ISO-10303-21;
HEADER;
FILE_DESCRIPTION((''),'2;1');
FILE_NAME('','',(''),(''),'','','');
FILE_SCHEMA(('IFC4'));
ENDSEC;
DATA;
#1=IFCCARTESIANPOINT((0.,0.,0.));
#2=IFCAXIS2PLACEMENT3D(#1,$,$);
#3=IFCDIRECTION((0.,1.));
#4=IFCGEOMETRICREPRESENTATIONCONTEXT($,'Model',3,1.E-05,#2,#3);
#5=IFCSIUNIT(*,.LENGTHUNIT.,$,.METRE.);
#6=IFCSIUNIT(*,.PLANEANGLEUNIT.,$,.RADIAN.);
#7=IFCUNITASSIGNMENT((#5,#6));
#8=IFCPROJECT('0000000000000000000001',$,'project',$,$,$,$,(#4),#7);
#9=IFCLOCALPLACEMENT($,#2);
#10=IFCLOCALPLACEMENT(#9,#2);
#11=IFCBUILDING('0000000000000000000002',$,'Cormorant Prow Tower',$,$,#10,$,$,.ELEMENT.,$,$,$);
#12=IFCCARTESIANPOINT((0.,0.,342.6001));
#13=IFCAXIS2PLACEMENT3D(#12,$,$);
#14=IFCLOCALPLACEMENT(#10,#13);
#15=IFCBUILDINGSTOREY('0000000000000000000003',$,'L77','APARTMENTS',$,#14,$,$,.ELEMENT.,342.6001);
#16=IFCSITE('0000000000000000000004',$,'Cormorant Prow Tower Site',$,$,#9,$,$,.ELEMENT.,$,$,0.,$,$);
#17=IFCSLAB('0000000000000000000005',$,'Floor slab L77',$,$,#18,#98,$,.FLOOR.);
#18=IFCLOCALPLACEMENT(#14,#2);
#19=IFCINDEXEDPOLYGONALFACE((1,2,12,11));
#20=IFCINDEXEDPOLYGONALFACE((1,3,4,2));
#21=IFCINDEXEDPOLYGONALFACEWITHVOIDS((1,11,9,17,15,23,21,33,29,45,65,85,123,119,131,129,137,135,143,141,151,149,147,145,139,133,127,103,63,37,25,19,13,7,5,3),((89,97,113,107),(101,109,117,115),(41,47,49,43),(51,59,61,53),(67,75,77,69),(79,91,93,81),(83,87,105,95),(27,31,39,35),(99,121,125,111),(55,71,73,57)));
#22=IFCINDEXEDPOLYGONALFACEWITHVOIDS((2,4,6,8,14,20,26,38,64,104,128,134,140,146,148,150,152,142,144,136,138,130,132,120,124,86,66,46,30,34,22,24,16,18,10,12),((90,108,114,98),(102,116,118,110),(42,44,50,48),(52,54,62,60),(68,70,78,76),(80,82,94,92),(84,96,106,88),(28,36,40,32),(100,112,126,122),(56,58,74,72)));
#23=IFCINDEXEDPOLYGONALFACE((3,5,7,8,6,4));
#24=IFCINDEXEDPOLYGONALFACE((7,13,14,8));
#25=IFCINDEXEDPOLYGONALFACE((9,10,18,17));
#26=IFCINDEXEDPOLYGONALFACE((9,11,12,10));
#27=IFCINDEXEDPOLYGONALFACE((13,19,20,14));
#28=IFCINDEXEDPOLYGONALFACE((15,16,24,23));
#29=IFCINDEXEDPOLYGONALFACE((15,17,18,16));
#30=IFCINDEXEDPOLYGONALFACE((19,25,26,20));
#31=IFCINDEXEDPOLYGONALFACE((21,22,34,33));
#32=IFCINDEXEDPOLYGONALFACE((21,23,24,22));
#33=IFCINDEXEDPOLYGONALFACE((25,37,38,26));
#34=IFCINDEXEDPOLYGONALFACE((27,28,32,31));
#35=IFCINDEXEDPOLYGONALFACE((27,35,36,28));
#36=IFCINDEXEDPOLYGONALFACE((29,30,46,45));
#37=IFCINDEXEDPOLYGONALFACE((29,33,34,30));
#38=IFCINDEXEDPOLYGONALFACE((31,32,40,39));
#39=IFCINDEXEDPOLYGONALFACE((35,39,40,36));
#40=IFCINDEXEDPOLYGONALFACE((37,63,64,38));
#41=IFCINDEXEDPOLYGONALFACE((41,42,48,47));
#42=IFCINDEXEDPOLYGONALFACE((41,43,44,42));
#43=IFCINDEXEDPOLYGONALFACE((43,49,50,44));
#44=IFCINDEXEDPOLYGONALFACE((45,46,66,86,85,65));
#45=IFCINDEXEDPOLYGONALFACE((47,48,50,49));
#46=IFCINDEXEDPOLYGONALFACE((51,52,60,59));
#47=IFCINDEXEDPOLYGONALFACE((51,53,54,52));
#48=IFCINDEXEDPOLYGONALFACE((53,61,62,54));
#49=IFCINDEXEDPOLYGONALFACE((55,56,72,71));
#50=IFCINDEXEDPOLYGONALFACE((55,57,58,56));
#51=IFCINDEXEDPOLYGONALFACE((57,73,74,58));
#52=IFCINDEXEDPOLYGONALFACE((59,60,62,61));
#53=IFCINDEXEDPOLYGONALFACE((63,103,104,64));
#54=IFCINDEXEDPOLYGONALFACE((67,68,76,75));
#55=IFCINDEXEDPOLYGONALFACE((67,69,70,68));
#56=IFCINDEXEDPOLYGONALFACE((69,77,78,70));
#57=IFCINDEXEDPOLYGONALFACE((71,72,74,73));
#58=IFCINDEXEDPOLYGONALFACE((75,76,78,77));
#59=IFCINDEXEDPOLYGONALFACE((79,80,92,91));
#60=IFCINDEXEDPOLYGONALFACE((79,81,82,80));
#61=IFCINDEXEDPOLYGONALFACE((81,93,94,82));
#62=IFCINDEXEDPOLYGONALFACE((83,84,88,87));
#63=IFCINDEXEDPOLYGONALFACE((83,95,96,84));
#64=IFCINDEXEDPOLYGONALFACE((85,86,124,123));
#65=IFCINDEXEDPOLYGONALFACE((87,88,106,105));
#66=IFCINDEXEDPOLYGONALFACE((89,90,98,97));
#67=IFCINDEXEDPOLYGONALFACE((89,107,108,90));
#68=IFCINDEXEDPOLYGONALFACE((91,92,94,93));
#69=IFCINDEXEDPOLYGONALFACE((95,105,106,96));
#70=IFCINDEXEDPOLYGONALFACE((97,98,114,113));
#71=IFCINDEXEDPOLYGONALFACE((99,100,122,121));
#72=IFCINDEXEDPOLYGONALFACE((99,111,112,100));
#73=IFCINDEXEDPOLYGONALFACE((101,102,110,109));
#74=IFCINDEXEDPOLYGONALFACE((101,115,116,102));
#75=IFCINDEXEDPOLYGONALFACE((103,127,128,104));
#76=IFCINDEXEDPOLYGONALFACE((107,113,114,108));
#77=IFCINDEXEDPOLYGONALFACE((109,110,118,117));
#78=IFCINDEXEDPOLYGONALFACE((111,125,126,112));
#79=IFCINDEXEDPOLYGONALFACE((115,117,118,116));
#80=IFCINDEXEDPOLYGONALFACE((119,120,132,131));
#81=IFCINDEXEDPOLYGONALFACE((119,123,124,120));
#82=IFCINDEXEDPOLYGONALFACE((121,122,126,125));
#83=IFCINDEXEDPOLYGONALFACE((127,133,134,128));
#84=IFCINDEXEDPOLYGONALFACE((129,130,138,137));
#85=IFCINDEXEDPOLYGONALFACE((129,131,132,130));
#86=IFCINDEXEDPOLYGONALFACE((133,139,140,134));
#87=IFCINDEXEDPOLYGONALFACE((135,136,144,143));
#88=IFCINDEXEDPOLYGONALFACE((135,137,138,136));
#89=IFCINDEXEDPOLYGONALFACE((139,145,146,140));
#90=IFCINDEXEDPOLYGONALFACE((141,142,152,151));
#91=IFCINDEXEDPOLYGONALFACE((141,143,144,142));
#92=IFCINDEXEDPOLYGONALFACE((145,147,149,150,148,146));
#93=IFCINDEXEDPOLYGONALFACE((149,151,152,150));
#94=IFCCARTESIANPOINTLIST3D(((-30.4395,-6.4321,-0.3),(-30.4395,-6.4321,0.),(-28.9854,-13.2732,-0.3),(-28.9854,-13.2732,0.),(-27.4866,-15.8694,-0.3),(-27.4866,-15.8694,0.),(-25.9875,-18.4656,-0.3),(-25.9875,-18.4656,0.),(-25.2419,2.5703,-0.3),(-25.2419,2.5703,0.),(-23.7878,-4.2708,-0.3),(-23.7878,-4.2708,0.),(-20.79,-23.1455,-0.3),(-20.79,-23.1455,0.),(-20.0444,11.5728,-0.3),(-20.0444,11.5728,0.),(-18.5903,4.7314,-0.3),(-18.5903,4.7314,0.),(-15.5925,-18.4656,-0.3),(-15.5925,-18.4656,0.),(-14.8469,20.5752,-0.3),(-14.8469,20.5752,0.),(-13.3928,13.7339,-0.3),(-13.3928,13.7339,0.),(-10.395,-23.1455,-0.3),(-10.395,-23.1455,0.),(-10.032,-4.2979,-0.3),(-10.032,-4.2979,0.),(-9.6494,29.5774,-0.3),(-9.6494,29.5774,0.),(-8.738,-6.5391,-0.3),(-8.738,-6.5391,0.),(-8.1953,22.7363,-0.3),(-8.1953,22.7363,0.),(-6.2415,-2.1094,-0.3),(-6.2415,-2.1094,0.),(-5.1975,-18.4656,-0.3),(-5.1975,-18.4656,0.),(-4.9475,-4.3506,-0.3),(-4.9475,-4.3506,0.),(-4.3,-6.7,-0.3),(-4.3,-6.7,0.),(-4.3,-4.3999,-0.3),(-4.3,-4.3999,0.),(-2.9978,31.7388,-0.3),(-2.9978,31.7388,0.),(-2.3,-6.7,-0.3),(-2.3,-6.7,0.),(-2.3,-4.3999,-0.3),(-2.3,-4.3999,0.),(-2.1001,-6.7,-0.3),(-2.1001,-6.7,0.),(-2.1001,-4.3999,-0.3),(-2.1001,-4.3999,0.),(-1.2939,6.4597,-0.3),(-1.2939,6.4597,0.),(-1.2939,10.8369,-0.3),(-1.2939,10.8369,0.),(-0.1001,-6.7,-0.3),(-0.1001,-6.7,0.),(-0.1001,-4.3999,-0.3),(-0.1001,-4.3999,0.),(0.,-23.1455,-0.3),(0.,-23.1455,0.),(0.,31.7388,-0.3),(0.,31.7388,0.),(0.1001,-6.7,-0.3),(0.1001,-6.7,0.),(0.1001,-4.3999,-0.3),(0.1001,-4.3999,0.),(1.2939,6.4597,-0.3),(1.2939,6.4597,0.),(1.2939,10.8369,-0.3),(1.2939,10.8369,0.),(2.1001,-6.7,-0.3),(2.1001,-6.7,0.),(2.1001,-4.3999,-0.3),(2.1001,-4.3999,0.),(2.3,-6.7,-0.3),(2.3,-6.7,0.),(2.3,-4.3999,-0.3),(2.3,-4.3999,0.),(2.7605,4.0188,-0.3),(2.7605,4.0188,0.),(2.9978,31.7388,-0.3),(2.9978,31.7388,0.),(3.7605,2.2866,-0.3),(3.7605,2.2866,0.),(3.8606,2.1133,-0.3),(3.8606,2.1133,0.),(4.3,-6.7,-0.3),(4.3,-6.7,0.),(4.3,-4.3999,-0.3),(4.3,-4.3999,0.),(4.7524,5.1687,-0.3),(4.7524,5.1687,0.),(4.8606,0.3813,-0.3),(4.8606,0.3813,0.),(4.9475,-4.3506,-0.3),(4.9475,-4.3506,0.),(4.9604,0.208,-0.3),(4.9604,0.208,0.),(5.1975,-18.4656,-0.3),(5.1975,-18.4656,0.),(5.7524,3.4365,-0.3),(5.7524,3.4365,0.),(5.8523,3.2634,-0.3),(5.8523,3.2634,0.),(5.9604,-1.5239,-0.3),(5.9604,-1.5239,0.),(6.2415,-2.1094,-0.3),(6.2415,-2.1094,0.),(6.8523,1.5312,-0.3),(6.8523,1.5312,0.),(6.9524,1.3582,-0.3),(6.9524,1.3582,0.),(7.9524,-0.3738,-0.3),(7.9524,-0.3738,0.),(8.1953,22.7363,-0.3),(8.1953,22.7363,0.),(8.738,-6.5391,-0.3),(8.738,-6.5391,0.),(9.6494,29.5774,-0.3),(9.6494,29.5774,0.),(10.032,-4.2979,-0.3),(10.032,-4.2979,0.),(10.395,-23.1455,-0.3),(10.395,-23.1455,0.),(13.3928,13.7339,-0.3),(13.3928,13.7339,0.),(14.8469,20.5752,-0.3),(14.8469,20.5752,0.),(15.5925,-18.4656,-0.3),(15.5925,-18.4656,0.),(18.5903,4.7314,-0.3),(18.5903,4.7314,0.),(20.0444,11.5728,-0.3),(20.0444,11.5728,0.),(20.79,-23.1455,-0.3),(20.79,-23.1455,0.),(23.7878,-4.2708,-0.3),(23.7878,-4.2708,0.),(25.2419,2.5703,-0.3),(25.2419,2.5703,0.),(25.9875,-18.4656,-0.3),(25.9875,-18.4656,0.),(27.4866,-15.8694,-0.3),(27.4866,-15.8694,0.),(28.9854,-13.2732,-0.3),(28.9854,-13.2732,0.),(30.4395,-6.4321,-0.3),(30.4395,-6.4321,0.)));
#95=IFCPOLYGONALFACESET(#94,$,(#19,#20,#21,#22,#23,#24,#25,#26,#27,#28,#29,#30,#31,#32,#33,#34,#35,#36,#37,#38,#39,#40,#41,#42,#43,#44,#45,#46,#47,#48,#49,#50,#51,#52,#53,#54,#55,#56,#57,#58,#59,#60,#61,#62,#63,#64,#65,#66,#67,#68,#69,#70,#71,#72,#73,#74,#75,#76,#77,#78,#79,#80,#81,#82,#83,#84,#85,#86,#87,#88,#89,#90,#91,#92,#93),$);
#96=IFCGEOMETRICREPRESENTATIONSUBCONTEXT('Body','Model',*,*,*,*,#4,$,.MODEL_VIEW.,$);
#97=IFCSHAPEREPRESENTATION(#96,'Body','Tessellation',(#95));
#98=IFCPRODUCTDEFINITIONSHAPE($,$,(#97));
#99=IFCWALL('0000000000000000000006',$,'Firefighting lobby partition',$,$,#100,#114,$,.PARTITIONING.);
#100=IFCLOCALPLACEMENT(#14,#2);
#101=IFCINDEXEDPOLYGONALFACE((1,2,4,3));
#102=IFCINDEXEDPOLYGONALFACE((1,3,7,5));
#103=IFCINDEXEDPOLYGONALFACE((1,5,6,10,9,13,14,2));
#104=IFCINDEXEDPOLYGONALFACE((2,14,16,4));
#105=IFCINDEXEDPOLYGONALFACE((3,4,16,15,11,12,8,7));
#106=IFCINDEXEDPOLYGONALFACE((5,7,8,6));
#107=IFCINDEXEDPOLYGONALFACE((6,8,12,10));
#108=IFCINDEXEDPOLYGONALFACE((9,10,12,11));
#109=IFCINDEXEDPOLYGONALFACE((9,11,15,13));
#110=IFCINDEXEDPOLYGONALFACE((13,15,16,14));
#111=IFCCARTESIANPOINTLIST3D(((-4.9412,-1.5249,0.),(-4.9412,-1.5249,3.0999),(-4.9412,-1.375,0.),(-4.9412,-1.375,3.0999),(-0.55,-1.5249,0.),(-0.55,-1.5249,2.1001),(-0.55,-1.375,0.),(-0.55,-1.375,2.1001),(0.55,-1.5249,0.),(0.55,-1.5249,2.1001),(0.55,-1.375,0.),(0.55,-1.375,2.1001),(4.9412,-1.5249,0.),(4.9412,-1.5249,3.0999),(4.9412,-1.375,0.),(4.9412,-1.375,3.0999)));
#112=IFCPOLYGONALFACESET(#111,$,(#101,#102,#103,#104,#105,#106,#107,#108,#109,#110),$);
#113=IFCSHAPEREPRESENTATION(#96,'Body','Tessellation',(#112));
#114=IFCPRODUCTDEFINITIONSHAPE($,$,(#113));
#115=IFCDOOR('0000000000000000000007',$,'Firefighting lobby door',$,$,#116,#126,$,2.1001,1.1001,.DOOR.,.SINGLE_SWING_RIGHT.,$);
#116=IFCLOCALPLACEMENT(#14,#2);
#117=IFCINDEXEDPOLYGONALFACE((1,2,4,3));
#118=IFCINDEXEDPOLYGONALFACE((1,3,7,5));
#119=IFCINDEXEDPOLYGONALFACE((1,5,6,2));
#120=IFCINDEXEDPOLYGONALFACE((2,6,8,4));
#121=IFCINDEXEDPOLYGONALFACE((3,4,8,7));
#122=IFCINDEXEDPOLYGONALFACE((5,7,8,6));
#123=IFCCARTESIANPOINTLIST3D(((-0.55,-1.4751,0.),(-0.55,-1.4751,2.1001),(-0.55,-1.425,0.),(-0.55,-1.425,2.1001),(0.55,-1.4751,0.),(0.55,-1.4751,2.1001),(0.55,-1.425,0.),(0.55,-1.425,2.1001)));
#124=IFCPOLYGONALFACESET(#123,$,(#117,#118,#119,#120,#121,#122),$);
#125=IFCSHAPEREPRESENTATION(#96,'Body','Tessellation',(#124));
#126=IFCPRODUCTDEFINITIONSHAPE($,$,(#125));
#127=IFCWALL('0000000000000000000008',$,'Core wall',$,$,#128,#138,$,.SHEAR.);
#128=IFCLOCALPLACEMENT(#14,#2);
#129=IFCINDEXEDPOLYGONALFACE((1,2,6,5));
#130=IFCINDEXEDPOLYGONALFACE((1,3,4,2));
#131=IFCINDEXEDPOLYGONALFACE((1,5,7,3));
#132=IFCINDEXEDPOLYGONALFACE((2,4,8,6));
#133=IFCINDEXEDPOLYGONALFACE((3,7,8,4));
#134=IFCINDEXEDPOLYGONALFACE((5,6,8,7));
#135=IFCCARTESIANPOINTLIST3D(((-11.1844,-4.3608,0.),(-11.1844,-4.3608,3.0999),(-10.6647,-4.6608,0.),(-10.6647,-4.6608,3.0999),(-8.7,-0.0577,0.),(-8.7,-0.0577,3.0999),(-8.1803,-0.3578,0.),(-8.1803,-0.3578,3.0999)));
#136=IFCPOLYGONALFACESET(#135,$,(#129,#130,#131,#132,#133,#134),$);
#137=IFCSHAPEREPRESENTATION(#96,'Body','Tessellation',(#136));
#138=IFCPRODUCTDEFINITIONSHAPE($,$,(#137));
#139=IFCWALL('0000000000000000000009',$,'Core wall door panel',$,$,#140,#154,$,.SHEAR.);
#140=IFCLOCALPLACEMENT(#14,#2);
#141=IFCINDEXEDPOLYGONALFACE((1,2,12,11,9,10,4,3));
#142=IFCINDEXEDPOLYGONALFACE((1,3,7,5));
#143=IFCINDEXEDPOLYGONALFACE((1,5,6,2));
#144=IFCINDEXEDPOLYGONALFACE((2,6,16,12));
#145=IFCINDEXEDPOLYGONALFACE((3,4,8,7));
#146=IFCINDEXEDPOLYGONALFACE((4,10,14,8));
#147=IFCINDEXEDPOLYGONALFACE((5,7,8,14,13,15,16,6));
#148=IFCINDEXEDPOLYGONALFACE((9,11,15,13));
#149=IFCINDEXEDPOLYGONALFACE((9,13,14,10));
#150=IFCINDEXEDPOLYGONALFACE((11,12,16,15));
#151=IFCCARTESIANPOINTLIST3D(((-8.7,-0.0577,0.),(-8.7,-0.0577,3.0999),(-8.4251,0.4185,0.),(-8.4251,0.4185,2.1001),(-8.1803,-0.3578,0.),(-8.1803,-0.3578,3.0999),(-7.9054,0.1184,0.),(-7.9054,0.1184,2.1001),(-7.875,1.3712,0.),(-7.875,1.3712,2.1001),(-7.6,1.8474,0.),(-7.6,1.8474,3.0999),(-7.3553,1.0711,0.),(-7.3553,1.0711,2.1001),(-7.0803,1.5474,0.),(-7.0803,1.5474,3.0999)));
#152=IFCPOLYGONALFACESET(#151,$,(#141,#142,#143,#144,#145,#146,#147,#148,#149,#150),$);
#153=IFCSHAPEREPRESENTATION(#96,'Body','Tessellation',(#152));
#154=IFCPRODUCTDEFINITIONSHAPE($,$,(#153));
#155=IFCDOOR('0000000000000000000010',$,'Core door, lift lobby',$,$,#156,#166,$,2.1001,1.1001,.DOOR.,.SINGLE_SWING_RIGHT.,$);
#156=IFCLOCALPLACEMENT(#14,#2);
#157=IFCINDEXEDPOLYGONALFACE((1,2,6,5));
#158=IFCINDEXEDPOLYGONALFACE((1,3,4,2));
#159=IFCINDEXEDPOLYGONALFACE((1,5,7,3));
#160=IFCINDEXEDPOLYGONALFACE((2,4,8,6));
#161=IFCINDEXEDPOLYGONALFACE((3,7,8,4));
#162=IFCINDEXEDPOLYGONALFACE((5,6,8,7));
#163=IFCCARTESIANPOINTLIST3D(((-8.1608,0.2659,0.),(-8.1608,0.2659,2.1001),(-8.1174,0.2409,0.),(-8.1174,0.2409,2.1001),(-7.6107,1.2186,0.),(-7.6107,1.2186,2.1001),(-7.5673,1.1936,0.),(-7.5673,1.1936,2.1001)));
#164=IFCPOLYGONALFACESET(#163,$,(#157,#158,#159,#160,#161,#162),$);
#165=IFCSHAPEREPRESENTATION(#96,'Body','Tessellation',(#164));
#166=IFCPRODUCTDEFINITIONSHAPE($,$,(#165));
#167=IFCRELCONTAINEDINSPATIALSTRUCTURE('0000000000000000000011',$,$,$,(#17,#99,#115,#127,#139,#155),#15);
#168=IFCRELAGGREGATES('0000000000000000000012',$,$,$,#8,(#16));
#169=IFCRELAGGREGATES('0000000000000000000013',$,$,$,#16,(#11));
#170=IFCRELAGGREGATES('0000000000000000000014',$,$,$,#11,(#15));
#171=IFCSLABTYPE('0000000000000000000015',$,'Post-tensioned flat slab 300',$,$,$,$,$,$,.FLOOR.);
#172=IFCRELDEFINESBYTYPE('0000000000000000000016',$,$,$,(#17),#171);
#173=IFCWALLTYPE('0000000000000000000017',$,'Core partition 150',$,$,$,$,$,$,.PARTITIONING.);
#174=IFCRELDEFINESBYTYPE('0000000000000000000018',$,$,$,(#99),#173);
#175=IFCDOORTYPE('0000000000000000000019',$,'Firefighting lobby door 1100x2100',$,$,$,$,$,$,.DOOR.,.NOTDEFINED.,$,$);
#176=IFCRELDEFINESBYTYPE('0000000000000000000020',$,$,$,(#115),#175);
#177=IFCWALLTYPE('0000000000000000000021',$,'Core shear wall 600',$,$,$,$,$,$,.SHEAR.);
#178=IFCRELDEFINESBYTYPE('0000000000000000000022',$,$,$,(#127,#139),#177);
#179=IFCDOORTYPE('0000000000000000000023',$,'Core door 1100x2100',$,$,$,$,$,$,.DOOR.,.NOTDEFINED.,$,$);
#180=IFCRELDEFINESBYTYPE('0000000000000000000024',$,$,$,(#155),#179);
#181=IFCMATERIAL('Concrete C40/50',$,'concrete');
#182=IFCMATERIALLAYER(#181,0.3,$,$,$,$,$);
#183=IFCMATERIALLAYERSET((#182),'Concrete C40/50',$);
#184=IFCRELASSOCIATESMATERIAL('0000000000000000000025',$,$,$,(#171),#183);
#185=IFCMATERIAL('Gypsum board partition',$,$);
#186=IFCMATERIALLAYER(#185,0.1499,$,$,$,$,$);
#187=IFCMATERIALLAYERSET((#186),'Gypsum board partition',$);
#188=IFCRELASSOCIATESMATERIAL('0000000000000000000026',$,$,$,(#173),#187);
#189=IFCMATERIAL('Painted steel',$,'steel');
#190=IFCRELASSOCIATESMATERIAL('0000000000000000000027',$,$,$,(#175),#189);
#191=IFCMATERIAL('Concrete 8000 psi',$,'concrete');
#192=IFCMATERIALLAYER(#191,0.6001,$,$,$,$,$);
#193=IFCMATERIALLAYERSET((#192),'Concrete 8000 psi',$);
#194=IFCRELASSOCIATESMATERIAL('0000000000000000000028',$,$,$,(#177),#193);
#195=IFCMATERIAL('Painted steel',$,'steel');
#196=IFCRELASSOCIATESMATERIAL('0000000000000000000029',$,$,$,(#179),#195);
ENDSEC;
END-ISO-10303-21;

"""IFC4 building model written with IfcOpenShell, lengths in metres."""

from ifc_helpers import new_model, si_unit, direction, frame, frame_2d, origin, place, context, subcontext, project, spatial, polyline, rectangle, outline, extrude, material, layer, layer_set, type_object, element, fill, save


model = new_model("IFC4")

# Units and contexts
model_context = context("Model", 3, precision=1e-05, world=origin(), true_north=direction((0.0, 1.0)))
body_context = subcontext(model_context, "Body", "Model", "MODEL_VIEW")
ifc_project = project(units=[si_unit("LENGTHUNIT", "METRE"), si_unit("PLANEANGLEUNIT", "RADIAN")], contexts=[model_context])

# Site, building, storey
site_placement = place(None, origin())
site = spatial("IfcSite", under=ifc_project, at=site_placement, Name="Cormorant Prow Tower Site", CompositionType="ELEMENT", RefElevation=0.0)
building_placement = place(site_placement, origin())
building = spatial("IfcBuilding", under=site, at=building_placement, Name="Cormorant Prow Tower", CompositionType="ELEMENT")
storey_placement = place(building_placement, frame((0.0, 0.0, 342.6001)))
storey = spatial("IfcBuildingStorey", under=building, at=storey_placement, Name="L77", Description="APARTMENTS", CompositionType="ELEMENT", Elevation=342.6001)

# Slab
ifc_material_1 = material(Name="Concrete C40/50", Category="concrete")
ifc_layer_1 = layer(ifc_material_1, 0.3)
ifc_layer_set_1 = layer_set([ifc_layer_1], Name="Concrete C40/50")
slab_type_1 = type_object("IfcSlabType", Name="Post-tensioned flat slab 300", PredefinedType="FLOOR", material=ifc_layer_set_1)
slab_1_placement = place(storey_placement, frame((0.0, 0.0, -0.3)))
element("IfcSlab", 1, at=slab_1_placement, inside=storey, type_object=slab_type_1, Name="Floor slab L77", PredefinedType="FLOOR", context=body_context, shape_type="SweptSolid", body=[
    extrude(outline(polyline([(-8.1953, 22.7363), (-14.8469, 20.5752), (-13.3928, 13.7339), (-20.0444, 11.5728), (-18.5903, 4.7314), (-25.2419, 2.5703), (-23.7878, -4.2708), (-30.4395, -6.4321), (-28.9854, -13.2732), (-27.4866, -15.8694), (-25.9875, -18.4656), (-20.79, -23.1455), (-15.5925, -18.4656), (-10.395, -23.1455), (-5.1975, -18.4656), (0.0, -23.1455), (5.1975, -18.4656), (10.395, -23.1455), (15.5925, -18.4656), (20.79, -23.1455), (25.9875, -18.4656), (27.4866, -15.8694), (28.9854, -13.2732), (30.4395, -6.4321), (23.7878, -4.2708), (25.2419, 2.5703), (18.5903, 4.7314), (20.0444, 11.5728), (13.3928, 13.7339), (14.8469, 20.5752), (8.1953, 22.7363), (9.6494, 29.5774), (2.9978, 31.7388), (0.0, 31.7388), (-2.9978, 31.7388), (-9.6494, 29.5774), (-8.1953, 22.7363)]), holes=[polyline([(-4.3, -4.3999), (-2.3, -4.3999), (-2.3, -6.7), (-4.3, -6.7), (-4.3, -4.3999)]), polyline([(-0.1001, -4.3999), (-0.1001, -6.7), (-2.1001, -6.7), (-2.1001, -4.3999), (-0.1001, -4.3999)]), polyline([(2.1001, -6.7), (0.1001, -6.7), (0.1001, -4.3999), (2.1001, -4.3999), (2.1001, -6.7)]), polyline([(2.3, -6.7), (2.3, -4.3999), (4.3, -4.3999), (4.3, -6.7), (2.3, -6.7)]), polyline([(5.9604, -1.5239), (4.9604, 0.208), (6.9524, 1.3582), (7.9524, -0.3738), (5.9604, -1.5239)]), polyline([(3.8606, 2.1133), (5.8523, 3.2634), (6.8523, 1.5312), (4.8606, 0.3813), (3.8606, 2.1133)]), polyline([(4.7524, 5.1687), (5.7524, 3.4365), (3.7605, 2.2866), (2.7605, 4.0188), (4.7524, 5.1687)]), polyline([(-4.9475, -4.3506), (-8.738, -6.5391), (-10.032, -4.2979), (-6.2415, -2.1094), (-4.9475, -4.3506)]), polyline([(10.032, -4.2979), (8.738, -6.5391), (4.9475, -4.3506), (6.2415, -2.1094), (10.032, -4.2979)]), polyline([(1.2939, 10.8369), (1.2939, 6.4597), (-1.2939, 6.4597), (-1.2939, 10.8369), (1.2939, 10.8369)])]), origin(), (0.0, 0.0, 1.0), 0.3),
])

# Wall, opening, door
ifc_material_2 = material(Name="Gypsum board partition")
ifc_layer_2 = layer(ifc_material_2, 0.1499)
ifc_layer_set_2 = layer_set([ifc_layer_2], Name="Gypsum board partition")
wall_type_1 = type_object("IfcWallType", Name="Core partition 150", PredefinedType="PARTITIONING", material=ifc_layer_set_2)
wall_1_placement = place(storey_placement, frame((-4.9412, -1.45, 0.0), z_axis=(0.0, 0.0, 1.0), x_axis=(1.0, 0.0, 0.0)))
wall_1 = element("IfcWall", 2, at=wall_1_placement, inside=storey, type_object=wall_type_1, Name="Firefighting lobby partition", PredefinedType="PARTITIONING", context=body_context, shape_type="SweptSolid", body=[
    extrude(rectangle(XDim=9.8823, YDim=0.1499, at=frame_2d((4.9412, 0.0))), origin(), (0.0, 0.0, 1.0), 3.0999),
])
opening_1_placement = place(wall_1_placement, frame((4.3911, 0.0, 0.0)))
opening_1 = element("IfcOpeningElement", 3, at=opening_1_placement, cuts=wall_1, PredefinedType="OPENING", context=body_context, shape_type="SweptSolid", body=[
    extrude(rectangle(XDim=1.1001, YDim=2.1001, at=frame_2d((0.55, 1.05))), frame((0.0, 0.085, 0.0), z_axis=(0.0, -1.0, 0.0), x_axis=(1.0, 0.0, 0.0)), (0.0, 0.0, 1.0), 0.1699),
])
ifc_material_3 = material(Name="Painted steel", Category="steel")
door_type_1 = type_object("IfcDoorType", Name="Firefighting lobby door 1100x2100", OperationType="NOTDEFINED", PredefinedType="DOOR", material=ifc_material_3)
door_1_placement = place(opening_1_placement, origin())
door_1 = element("IfcDoor", 4, at=door_1_placement, inside=storey, type_object=door_type_1, Name="Firefighting lobby door", OperationType="SINGLE_SWING_RIGHT", OverallHeight=2.1001, OverallWidth=1.1001, PredefinedType="DOOR", context=body_context, shape_type="SweptSolid", body=[
    extrude(rectangle(XDim=1.1001, YDim=2.1001, at=frame_2d((0.55, 1.05))), frame((0.0, 0.0249, 0.0), z_axis=(0.0, -1.0, 0.0), x_axis=(1.0, 0.0, 0.0)), (0.0, 0.0, 1.0), 0.05),
])
fill(opening_1, door_1)

# Wall
ifc_material_4 = material(Name="Concrete 8000 psi", Category="concrete")
ifc_layer_3 = layer(ifc_material_4, 0.6001)
ifc_layer_set_3 = layer_set([ifc_layer_3], Name="Concrete 8000 psi")
wall_type_2 = type_object("IfcWallType", Name="Core shear wall 600", PredefinedType="SHEAR", material=ifc_layer_set_3)
wall_2_placement = place(storey_placement, frame((-8.4402, -0.2078, 0.0), z_axis=(0.0, 0.0, 1.0), x_axis=(-0.500007, -0.866021, 0.0)))
element("IfcWall", 5, at=wall_2_placement, inside=storey, type_object=wall_type_2, Name="Core wall", PredefinedType="SHEAR", context=body_context, shape_type="SweptSolid", body=[
    extrude(rectangle(XDim=4.9688, YDim=0.6001, at=frame_2d((2.4844, 0.0))), origin(), (0.0, 0.0, 1.0), 3.0999),
])

# Wall, opening, door
wall_3_placement = place(storey_placement, frame((-7.3401, 1.6975, 0.0), z_axis=(0.0, 0.0, 1.0), x_axis=(-0.50003, -0.866008, 0.0)))
wall_3 = element("IfcWall", 6, at=wall_3_placement, inside=storey, type_object=wall_type_2, Name="Core wall door panel", PredefinedType="SHEAR", context=body_context, shape_type="SweptSolid", body=[
    extrude(rectangle(XDim=2.2, YDim=0.6001, at=frame_2d((1.1001, 0.0))), origin(), (0.0, 0.0, 1.0), 3.0999),
])
opening_2_placement = place(wall_3_placement, frame((0.55, 0.0, 0.0)))
opening_2 = element("IfcOpeningElement", 7, at=opening_2_placement, cuts=wall_3, PredefinedType="OPENING", context=body_context, shape_type="SweptSolid", body=[
    extrude(rectangle(XDim=1.1001, YDim=2.1001, at=frame_2d((0.55, 1.05))), frame((0.0, 0.3101, 0.0), z_axis=(0.0, -1.0, 0.0), x_axis=(1.0, 0.0, 0.0)), (0.0, 0.0, 1.0), 0.6201),
])
ifc_material_5 = material(Name="Painted steel", Category="steel")
door_type_2 = type_object("IfcDoorType", Name="Core door 1100x2100", OperationType="NOTDEFINED", PredefinedType="DOOR", material=ifc_material_5)
door_2_placement = place(opening_2_placement, origin())
door_2 = element("IfcDoor", 8, at=door_2_placement, inside=storey, type_object=door_type_2, Name="Core door, lift lobby", OperationType="SINGLE_SWING_RIGHT", OverallHeight=2.1001, OverallWidth=1.1001, PredefinedType="DOOR", context=body_context, shape_type="SweptSolid", body=[
    extrude(rectangle(XDim=1.1001, YDim=2.1001, at=frame_2d((0.55, 1.05))), frame((0.0, 0.0552, 0.0), z_axis=(0.0, -1.0, 0.0), x_axis=(1.0, 0.0, 0.0)), (0.0, 0.0, 1.0), 0.05),
])
fill(opening_2, door_2)

save(model, "model.ifc")
